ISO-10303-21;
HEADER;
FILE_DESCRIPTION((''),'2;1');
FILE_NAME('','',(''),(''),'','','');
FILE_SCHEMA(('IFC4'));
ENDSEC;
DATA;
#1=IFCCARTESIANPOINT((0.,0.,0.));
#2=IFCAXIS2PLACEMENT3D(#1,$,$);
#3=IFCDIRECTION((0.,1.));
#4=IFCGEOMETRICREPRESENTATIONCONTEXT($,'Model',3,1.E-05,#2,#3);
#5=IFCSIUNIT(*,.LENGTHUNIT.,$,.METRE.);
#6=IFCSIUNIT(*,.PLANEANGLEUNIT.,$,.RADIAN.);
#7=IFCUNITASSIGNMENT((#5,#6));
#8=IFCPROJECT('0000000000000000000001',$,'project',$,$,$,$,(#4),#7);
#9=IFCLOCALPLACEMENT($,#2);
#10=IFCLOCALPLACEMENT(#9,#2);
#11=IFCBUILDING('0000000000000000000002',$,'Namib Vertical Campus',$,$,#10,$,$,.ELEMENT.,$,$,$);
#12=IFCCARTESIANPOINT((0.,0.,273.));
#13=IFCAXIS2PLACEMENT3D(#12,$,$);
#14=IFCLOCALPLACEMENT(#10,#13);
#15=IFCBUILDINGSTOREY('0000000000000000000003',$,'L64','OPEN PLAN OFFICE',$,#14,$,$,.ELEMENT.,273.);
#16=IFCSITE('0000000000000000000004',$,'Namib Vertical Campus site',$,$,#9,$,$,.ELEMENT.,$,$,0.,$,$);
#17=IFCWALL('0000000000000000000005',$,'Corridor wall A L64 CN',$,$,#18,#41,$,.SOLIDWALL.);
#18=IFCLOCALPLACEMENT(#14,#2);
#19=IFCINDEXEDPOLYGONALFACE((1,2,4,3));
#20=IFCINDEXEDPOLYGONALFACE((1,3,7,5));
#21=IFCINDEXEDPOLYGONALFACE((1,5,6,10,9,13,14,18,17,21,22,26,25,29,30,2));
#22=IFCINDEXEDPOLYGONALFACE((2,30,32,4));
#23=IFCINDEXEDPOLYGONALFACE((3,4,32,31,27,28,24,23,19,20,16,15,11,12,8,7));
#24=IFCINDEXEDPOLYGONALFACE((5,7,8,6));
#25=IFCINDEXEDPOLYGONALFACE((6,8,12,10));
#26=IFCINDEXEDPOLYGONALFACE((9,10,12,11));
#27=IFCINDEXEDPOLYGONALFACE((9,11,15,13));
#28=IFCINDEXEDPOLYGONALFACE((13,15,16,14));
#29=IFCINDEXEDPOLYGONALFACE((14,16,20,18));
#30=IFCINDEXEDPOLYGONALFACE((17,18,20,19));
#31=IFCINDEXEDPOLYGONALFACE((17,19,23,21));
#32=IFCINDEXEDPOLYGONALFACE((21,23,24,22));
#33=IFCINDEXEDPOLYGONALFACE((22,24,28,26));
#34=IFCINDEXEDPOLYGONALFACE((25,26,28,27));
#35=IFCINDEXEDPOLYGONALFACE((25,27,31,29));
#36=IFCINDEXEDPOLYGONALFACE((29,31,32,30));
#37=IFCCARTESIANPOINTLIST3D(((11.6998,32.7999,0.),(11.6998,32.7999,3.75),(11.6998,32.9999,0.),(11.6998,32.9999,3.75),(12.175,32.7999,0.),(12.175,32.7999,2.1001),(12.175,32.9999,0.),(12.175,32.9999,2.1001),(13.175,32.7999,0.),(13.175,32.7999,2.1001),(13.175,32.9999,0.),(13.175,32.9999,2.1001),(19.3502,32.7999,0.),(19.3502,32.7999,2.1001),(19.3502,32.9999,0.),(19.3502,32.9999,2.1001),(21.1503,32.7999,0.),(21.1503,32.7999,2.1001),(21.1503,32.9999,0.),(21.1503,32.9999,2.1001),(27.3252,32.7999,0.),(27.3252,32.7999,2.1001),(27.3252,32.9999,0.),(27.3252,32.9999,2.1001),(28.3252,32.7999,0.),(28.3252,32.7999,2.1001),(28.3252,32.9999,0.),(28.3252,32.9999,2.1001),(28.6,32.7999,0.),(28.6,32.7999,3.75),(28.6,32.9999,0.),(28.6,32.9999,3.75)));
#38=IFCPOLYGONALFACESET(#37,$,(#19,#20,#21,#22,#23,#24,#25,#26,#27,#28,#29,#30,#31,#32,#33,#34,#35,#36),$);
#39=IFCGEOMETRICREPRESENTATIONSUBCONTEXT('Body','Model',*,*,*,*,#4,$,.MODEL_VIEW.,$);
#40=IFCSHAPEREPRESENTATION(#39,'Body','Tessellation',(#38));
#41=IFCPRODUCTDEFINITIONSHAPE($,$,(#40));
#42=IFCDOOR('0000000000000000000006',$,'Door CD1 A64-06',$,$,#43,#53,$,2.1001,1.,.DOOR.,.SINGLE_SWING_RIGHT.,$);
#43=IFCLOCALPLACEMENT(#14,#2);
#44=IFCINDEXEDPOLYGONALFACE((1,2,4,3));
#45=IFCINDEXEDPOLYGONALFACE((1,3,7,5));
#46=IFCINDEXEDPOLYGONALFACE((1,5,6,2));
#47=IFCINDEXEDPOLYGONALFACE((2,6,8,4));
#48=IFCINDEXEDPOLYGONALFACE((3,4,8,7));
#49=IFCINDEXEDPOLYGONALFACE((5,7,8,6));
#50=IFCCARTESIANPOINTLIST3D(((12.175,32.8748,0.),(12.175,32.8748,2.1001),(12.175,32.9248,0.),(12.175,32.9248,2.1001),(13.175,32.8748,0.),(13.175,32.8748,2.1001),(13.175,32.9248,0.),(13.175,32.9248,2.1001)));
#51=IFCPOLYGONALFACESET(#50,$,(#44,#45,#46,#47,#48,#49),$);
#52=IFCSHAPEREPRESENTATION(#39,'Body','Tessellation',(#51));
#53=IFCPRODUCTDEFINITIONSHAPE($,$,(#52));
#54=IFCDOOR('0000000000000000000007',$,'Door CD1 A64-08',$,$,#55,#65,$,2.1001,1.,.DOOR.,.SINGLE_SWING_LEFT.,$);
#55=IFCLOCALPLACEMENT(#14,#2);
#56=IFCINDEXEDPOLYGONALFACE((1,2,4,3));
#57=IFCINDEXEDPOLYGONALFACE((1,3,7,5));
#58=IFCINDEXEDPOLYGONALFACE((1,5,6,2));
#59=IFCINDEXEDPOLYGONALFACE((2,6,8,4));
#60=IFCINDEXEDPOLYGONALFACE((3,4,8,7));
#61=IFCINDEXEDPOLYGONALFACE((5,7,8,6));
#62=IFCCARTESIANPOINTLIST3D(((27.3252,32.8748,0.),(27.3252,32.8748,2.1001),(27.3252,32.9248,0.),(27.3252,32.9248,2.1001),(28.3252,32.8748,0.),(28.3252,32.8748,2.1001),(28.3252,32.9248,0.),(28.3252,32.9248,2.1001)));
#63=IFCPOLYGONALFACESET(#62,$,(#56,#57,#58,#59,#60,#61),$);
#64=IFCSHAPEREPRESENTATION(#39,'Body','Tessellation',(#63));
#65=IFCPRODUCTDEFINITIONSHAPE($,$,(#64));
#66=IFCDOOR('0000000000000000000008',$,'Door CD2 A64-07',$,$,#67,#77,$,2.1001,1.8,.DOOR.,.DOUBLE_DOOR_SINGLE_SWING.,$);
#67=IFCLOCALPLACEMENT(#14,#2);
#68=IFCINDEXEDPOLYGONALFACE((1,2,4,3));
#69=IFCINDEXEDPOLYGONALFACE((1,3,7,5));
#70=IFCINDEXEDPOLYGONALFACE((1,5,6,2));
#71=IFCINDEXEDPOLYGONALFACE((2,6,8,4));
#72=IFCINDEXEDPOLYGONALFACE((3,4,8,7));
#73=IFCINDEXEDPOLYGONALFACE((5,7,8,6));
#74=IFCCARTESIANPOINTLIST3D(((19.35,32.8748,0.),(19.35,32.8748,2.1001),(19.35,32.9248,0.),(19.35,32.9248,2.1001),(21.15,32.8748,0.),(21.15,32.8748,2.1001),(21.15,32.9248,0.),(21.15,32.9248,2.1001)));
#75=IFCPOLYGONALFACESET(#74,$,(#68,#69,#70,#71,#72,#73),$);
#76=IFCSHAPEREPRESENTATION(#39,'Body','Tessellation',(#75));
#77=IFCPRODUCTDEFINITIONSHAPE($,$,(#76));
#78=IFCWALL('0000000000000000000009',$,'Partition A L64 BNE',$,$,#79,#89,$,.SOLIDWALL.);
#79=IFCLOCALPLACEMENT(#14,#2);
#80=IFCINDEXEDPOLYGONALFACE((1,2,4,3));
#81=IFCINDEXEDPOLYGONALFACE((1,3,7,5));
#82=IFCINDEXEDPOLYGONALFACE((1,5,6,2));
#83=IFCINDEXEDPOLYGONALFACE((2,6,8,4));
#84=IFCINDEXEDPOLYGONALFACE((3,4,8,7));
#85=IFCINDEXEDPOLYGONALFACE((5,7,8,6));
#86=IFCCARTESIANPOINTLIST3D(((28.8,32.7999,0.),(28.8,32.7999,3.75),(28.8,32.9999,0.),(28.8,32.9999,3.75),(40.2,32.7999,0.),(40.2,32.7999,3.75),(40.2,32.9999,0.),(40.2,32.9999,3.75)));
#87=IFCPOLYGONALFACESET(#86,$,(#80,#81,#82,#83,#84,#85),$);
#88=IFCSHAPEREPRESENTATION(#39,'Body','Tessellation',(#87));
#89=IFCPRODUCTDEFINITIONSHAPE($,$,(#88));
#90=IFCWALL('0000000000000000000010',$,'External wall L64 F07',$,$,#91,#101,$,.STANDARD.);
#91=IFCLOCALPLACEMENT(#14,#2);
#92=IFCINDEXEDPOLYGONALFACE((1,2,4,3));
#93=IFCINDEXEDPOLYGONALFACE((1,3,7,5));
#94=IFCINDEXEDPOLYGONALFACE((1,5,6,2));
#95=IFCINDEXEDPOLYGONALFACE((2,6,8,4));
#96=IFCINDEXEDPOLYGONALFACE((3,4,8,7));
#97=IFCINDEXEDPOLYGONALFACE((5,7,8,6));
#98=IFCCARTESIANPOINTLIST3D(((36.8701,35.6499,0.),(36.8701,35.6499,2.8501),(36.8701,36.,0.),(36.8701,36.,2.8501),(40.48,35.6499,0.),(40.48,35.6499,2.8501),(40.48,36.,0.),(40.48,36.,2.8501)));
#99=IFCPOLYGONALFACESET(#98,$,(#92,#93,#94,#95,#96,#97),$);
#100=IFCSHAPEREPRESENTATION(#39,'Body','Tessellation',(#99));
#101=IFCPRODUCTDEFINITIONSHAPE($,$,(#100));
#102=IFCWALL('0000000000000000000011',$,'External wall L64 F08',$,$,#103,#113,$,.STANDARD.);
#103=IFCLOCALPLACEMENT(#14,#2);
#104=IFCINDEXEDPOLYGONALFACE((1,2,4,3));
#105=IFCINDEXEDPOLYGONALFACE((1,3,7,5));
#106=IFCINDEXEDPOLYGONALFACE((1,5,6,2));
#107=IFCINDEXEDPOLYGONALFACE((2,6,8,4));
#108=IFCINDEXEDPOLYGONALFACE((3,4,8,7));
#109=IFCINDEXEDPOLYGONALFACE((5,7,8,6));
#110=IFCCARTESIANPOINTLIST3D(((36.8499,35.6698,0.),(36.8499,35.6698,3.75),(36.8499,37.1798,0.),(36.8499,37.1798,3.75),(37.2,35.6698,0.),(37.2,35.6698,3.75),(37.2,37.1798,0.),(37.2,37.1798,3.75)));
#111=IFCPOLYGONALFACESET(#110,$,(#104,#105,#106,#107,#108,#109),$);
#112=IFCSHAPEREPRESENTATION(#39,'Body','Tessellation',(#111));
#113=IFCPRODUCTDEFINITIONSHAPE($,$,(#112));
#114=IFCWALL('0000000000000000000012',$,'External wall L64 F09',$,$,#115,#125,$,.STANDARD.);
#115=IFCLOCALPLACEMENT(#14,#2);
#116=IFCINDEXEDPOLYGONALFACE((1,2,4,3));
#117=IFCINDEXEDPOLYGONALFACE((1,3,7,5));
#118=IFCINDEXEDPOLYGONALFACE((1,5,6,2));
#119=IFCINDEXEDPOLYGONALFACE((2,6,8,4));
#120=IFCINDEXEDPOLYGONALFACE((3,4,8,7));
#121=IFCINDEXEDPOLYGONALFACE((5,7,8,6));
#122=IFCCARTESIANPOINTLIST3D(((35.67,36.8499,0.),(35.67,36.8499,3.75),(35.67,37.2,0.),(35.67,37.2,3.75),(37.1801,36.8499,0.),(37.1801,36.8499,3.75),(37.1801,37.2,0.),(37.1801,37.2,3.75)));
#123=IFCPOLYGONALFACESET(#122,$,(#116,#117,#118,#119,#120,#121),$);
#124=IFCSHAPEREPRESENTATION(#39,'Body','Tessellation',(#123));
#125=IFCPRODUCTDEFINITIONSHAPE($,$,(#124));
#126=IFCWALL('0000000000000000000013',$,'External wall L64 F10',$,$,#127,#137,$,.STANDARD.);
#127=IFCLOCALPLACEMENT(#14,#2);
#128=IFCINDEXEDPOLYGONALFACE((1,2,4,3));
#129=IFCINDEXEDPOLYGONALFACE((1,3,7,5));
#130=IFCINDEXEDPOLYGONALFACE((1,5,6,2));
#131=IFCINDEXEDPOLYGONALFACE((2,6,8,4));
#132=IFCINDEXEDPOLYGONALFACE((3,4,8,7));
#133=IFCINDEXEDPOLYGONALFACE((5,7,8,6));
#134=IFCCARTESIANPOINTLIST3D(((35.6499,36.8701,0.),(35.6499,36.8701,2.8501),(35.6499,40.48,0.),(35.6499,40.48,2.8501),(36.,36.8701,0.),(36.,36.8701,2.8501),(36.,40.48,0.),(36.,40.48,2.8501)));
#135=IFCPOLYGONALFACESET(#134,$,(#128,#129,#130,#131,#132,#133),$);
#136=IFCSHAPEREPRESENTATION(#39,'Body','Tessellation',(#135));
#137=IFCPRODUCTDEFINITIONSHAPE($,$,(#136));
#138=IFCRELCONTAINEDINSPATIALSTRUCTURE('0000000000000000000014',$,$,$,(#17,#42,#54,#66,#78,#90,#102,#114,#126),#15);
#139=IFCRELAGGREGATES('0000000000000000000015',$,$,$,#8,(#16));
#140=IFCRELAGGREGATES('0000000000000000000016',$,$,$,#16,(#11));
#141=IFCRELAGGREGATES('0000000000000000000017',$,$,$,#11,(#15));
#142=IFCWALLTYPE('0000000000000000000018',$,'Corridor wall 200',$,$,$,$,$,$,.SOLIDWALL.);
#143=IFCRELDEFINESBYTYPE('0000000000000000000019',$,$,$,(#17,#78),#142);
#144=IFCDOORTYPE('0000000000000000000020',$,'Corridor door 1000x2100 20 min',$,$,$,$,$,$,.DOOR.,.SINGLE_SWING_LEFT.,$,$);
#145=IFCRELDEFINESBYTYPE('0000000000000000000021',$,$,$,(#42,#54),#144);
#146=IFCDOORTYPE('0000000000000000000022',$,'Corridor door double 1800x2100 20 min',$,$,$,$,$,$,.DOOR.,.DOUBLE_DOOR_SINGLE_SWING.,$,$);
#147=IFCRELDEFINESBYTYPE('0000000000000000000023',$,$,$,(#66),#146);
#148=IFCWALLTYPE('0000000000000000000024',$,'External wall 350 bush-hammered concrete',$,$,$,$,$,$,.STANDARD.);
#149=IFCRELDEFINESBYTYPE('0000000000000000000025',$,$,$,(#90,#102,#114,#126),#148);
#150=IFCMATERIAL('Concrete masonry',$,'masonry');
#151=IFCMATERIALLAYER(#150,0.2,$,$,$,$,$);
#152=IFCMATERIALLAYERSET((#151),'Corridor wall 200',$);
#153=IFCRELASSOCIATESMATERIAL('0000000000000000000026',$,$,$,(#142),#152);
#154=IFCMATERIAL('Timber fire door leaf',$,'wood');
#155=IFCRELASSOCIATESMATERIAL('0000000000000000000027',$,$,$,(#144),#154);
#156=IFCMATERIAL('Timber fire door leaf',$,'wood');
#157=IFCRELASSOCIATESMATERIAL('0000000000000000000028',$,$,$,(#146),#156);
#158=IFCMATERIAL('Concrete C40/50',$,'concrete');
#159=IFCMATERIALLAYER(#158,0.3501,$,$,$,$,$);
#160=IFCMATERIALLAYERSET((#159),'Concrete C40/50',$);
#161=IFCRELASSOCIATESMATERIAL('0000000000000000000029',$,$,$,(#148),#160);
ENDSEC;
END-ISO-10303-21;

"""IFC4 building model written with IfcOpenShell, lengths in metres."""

from ifc_helpers import new_model, si_unit, direction, frame, frame_2d, origin, place, context, subcontext, project, spatial, rectangle, extrude, material, layer, layer_set, type_object, element, fill, save


model = new_model("IFC4")

# Units and contexts
model_context = context("Model", 3, precision=1e-05, world=origin(), true_north=direction((0.0, 1.0)))
body_context = subcontext(model_context, "Body", "Model", "MODEL_VIEW")
ifc_project = project(units=[si_unit("LENGTHUNIT", "METRE"), si_unit("PLANEANGLEUNIT", "RADIAN")], contexts=[model_context])

# Site, building, storey
site_placement = place(None, origin())
site = spatial("IfcSite", under=ifc_project, at=site_placement, Name="Namib Vertical Campus site", CompositionType="ELEMENT", RefElevation=0.0)
building_placement = place(site_placement, origin())
building = spatial("IfcBuilding", under=site, at=building_placement, Name="Namib Vertical Campus", CompositionType="ELEMENT")
storey_placement = place(building_placement, frame((0.0, 0.0, 273.0)))
storey = spatial("IfcBuildingStorey", under=building, at=storey_placement, Name="L64", Description="OPEN PLAN OFFICE", CompositionType="ELEMENT", Elevation=273.0)

# Wall, openings, doors
ifc_material_1 = material(Name="Concrete masonry", Category="masonry")
ifc_layer_1 = layer(ifc_material_1, 0.2)
ifc_layer_set_1 = layer_set([ifc_layer_1], Name="Corridor wall 200")
wall_type_1 = type_object("IfcWallType", Name="Corridor wall 200", PredefinedType="SOLIDWALL", material=ifc_layer_set_1)
wall_1_placement = place(storey_placement, frame((28.6001, 32.8999, 0.0), z_axis=(0.0, 0.0, 1.0), x_axis=(-1.0, 0.0, 0.0)))
wall_1 = element("IfcWall", 1, at=wall_1_placement, inside=storey, type_object=wall_type_1, Name="Corridor wall A L64 CN", PredefinedType="SOLIDWALL", context=body_context, shape_type="SweptSolid", body=[
    extrude(rectangle(XDim=16.9001, YDim=0.2, at=frame_2d((8.4502, 0.0))), origin(), (0.0, 0.0, 1.0), 3.75),
])
opening_1_placement = place(wall_1_placement, frame((15.425, 0.0, 0.0)))
opening_1 = element("IfcOpeningElement", 2, at=opening_1_placement, cuts=wall_1, PredefinedType="OPENING", context=body_context, shape_type="SweptSolid", body=[
    extrude(rectangle(XDim=1.0, YDim=2.1001, at=frame_2d((0.5, 1.05))), frame((0.0, 0.1099, 0.0), z_axis=(0.0, -1.0, 0.0), x_axis=(1.0, 0.0, 0.0)), (0.0, 0.0, 1.0), 0.22),
])
opening_2_placement = place(wall_1_placement, frame((7.45, 0.0, 0.0)))
opening_2 = element("IfcOpeningElement", 3, at=opening_2_placement, cuts=wall_1, PredefinedType="OPENING", context=body_context, shape_type="SweptSolid", body=[
    extrude(rectangle(XDim=1.8, YDim=2.1001, at=frame_2d((0.8999, 1.05))), frame((0.0, 0.1099, 0.0), z_axis=(0.0, -1.0, 0.0), x_axis=(1.0, 0.0, 0.0)), (0.0, 0.0, 1.0), 0.22),
])
opening_3_placement = place(wall_1_placement, frame((0.2749, 0.0, 0.0)))
opening_3 = element("IfcOpeningElement", 4, at=opening_3_placement, cuts=wall_1, PredefinedType="OPENING", context=body_context, shape_type="SweptSolid", body=[
    extrude(rectangle(XDim=1.0, YDim=2.1001, at=frame_2d((0.5, 1.05))), frame((0.0, 0.1099, 0.0), z_axis=(0.0, -1.0, 0.0), x_axis=(1.0, 0.0, 0.0)), (0.0, 0.0, 1.0), 0.22),
])
ifc_material_2 = material(Name="Timber fire door leaf", Category="wood")
door_type_1 = type_object("IfcDoorType", Name="Corridor door 1000x2100 20 min", OperationType="SINGLE_SWING_LEFT", PredefinedType="DOOR", material=ifc_material_2)
door_1_placement = place(opening_1_placement, frame((1.0, 0.0, 0.0), z_axis=(0.0, 0.0, 1.0), x_axis=(-1.0, 0.0, 0.0)))
door_1 = element("IfcDoor", 5, at=door_1_placement, inside=storey, type_object=door_type_1, Name="Door CD1 A64-06", OperationType="SINGLE_SWING_RIGHT", OverallHeight=2.1001, OverallWidth=1.0, PredefinedType="DOOR", context=body_context, shape_type="SweptSolid", body=[
    extrude(rectangle(XDim=1.0, YDim=2.1001, at=frame_2d((0.5, 1.05))), frame((0.0, 0.0249, 0.0), z_axis=(0.0, -1.0, 0.0), x_axis=(1.0, 0.0, 0.0)), (0.0, 0.0, 1.0), 0.05),
])
fill(opening_1, door_1)
door_2_placement = place(opening_3_placement, frame((1.0, 0.0, 0.0), z_axis=(0.0, 0.0, 1.0), x_axis=(-1.0, 0.0, 0.0)))
door_2 = element("IfcDoor", 6, at=door_2_placement, inside=storey, type_object=door_type_1, Name="Door CD1 A64-08", OperationType="SINGLE_SWING_LEFT", OverallHeight=2.1001, OverallWidth=1.0, PredefinedType="DOOR", context=body_context, shape_type="SweptSolid", body=[
    extrude(rectangle(XDim=1.0, YDim=2.1001, at=frame_2d((0.5, 1.05))), frame((0.0, 0.0249, 0.0), z_axis=(0.0, -1.0, 0.0), x_axis=(1.0, 0.0, 0.0)), (0.0, 0.0, 1.0), 0.05),
])
fill(opening_3, door_2)
ifc_material_3 = material(Name="Timber fire door leaf", Category="wood")
door_type_2 = type_object("IfcDoorType", Name="Corridor door double 1800x2100 20 min", OperationType="DOUBLE_DOOR_SINGLE_SWING", PredefinedType="DOOR", material=ifc_material_3)
door_3_placement = place(opening_2_placement, frame((1.8, 0.0, 0.0), z_axis=(0.0, 0.0, 1.0), x_axis=(-1.0, 0.0, 0.0)))
door_3 = element("IfcDoor", 7, at=door_3_placement, inside=storey, type_object=door_type_2, Name="Door CD2 A64-07", OperationType="DOUBLE_DOOR_SINGLE_SWING", OverallHeight=2.1001, OverallWidth=1.8, PredefinedType="DOOR", context=body_context, shape_type="SweptSolid", body=[
    extrude(rectangle(XDim=1.8, YDim=2.1001, at=frame_2d((0.8999, 1.05))), frame((0.0, 0.0249, 0.0), z_axis=(0.0, -1.0, 0.0), x_axis=(1.0, 0.0, 0.0)), (0.0, 0.0, 1.0), 0.05),
])
fill(opening_2, door_3)

# Walls
wall_2_placement = place(storey_placement, frame((28.8, 32.8999, 0.0), z_axis=(0.0, 0.0, 1.0), x_axis=(1.0, 0.0, 0.0)))
element("IfcWall", 8, at=wall_2_placement, inside=storey, type_object=wall_type_1, Name="Partition A L64 BNE", PredefinedType="SOLIDWALL", context=body_context, shape_type="SweptSolid", body=[
    extrude(rectangle(XDim=11.3999, YDim=0.2, at=frame_2d((5.7, 0.0))), origin(), (0.0, 0.0, 1.0), 3.75),
])
ifc_material_4 = material(Name="Concrete C40/50", Category="concrete")
ifc_layer_2 = layer(ifc_material_4, 0.3501)
ifc_layer_set_2 = layer_set([ifc_layer_2], Name="Concrete C40/50")
wall_type_2 = type_object("IfcWallType", Name="External wall 350 bush-hammered concrete", PredefinedType="STANDARD", material=ifc_layer_set_2)
wall_3_placement = place(storey_placement, frame((40.48, 35.825, 0.0), z_axis=(0.0, 0.0, 1.0), x_axis=(-1.0, 0.0, 0.0)))
element("IfcWall", 9, at=wall_3_placement, inside=storey, type_object=wall_type_2, Name="External wall L64 F07", PredefinedType="STANDARD", context=body_context, shape_type="SweptSolid", body=[
    extrude(rectangle(XDim=3.6099, YDim=0.3501, at=frame_2d((1.8049, 0.0))), origin(), (0.0, 0.0, 1.0), 2.8501),
])
for number, where, z_axis, x_axis, name in (
    (10, (37.0249, 35.6699, 0.0), (0.0, 0.0, 1.0), (0.0, 1.0, 0.0), "External wall L64 F08"),
    (11, (37.1799, 37.0249, 0.0), (0.0, 0.0, 1.0), (-1.0, 0.0, 0.0), "External wall L64 F09"),
):
    element("IfcWall", number, at=place(storey_placement, frame(where, z_axis=z_axis, x_axis=x_axis)), inside=storey, type_object=wall_type_2, Name=name, PredefinedType="STANDARD", context=body_context, shape_type="SweptSolid", body=[
        extrude(rectangle(XDim=1.51, YDim=0.3501, at=frame_2d((0.7549, 0.0))), origin(), (0.0, 0.0, 1.0), 3.75),
    ])
wall_4_placement = place(storey_placement, frame((35.825, 36.8701, 0.0), z_axis=(0.0, 0.0, 1.0), x_axis=(0.0, 1.0, 0.0)))
element("IfcWall", 12, at=wall_4_placement, inside=storey, type_object=wall_type_2, Name="External wall L64 F10", PredefinedType="STANDARD", context=body_context, shape_type="SweptSolid", body=[
    extrude(rectangle(XDim=3.6099, YDim=0.3501, at=frame_2d((1.8049, 0.0))), origin(), (0.0, 0.0, 1.0), 2.8501),
])

save(model, "model.ifc")
